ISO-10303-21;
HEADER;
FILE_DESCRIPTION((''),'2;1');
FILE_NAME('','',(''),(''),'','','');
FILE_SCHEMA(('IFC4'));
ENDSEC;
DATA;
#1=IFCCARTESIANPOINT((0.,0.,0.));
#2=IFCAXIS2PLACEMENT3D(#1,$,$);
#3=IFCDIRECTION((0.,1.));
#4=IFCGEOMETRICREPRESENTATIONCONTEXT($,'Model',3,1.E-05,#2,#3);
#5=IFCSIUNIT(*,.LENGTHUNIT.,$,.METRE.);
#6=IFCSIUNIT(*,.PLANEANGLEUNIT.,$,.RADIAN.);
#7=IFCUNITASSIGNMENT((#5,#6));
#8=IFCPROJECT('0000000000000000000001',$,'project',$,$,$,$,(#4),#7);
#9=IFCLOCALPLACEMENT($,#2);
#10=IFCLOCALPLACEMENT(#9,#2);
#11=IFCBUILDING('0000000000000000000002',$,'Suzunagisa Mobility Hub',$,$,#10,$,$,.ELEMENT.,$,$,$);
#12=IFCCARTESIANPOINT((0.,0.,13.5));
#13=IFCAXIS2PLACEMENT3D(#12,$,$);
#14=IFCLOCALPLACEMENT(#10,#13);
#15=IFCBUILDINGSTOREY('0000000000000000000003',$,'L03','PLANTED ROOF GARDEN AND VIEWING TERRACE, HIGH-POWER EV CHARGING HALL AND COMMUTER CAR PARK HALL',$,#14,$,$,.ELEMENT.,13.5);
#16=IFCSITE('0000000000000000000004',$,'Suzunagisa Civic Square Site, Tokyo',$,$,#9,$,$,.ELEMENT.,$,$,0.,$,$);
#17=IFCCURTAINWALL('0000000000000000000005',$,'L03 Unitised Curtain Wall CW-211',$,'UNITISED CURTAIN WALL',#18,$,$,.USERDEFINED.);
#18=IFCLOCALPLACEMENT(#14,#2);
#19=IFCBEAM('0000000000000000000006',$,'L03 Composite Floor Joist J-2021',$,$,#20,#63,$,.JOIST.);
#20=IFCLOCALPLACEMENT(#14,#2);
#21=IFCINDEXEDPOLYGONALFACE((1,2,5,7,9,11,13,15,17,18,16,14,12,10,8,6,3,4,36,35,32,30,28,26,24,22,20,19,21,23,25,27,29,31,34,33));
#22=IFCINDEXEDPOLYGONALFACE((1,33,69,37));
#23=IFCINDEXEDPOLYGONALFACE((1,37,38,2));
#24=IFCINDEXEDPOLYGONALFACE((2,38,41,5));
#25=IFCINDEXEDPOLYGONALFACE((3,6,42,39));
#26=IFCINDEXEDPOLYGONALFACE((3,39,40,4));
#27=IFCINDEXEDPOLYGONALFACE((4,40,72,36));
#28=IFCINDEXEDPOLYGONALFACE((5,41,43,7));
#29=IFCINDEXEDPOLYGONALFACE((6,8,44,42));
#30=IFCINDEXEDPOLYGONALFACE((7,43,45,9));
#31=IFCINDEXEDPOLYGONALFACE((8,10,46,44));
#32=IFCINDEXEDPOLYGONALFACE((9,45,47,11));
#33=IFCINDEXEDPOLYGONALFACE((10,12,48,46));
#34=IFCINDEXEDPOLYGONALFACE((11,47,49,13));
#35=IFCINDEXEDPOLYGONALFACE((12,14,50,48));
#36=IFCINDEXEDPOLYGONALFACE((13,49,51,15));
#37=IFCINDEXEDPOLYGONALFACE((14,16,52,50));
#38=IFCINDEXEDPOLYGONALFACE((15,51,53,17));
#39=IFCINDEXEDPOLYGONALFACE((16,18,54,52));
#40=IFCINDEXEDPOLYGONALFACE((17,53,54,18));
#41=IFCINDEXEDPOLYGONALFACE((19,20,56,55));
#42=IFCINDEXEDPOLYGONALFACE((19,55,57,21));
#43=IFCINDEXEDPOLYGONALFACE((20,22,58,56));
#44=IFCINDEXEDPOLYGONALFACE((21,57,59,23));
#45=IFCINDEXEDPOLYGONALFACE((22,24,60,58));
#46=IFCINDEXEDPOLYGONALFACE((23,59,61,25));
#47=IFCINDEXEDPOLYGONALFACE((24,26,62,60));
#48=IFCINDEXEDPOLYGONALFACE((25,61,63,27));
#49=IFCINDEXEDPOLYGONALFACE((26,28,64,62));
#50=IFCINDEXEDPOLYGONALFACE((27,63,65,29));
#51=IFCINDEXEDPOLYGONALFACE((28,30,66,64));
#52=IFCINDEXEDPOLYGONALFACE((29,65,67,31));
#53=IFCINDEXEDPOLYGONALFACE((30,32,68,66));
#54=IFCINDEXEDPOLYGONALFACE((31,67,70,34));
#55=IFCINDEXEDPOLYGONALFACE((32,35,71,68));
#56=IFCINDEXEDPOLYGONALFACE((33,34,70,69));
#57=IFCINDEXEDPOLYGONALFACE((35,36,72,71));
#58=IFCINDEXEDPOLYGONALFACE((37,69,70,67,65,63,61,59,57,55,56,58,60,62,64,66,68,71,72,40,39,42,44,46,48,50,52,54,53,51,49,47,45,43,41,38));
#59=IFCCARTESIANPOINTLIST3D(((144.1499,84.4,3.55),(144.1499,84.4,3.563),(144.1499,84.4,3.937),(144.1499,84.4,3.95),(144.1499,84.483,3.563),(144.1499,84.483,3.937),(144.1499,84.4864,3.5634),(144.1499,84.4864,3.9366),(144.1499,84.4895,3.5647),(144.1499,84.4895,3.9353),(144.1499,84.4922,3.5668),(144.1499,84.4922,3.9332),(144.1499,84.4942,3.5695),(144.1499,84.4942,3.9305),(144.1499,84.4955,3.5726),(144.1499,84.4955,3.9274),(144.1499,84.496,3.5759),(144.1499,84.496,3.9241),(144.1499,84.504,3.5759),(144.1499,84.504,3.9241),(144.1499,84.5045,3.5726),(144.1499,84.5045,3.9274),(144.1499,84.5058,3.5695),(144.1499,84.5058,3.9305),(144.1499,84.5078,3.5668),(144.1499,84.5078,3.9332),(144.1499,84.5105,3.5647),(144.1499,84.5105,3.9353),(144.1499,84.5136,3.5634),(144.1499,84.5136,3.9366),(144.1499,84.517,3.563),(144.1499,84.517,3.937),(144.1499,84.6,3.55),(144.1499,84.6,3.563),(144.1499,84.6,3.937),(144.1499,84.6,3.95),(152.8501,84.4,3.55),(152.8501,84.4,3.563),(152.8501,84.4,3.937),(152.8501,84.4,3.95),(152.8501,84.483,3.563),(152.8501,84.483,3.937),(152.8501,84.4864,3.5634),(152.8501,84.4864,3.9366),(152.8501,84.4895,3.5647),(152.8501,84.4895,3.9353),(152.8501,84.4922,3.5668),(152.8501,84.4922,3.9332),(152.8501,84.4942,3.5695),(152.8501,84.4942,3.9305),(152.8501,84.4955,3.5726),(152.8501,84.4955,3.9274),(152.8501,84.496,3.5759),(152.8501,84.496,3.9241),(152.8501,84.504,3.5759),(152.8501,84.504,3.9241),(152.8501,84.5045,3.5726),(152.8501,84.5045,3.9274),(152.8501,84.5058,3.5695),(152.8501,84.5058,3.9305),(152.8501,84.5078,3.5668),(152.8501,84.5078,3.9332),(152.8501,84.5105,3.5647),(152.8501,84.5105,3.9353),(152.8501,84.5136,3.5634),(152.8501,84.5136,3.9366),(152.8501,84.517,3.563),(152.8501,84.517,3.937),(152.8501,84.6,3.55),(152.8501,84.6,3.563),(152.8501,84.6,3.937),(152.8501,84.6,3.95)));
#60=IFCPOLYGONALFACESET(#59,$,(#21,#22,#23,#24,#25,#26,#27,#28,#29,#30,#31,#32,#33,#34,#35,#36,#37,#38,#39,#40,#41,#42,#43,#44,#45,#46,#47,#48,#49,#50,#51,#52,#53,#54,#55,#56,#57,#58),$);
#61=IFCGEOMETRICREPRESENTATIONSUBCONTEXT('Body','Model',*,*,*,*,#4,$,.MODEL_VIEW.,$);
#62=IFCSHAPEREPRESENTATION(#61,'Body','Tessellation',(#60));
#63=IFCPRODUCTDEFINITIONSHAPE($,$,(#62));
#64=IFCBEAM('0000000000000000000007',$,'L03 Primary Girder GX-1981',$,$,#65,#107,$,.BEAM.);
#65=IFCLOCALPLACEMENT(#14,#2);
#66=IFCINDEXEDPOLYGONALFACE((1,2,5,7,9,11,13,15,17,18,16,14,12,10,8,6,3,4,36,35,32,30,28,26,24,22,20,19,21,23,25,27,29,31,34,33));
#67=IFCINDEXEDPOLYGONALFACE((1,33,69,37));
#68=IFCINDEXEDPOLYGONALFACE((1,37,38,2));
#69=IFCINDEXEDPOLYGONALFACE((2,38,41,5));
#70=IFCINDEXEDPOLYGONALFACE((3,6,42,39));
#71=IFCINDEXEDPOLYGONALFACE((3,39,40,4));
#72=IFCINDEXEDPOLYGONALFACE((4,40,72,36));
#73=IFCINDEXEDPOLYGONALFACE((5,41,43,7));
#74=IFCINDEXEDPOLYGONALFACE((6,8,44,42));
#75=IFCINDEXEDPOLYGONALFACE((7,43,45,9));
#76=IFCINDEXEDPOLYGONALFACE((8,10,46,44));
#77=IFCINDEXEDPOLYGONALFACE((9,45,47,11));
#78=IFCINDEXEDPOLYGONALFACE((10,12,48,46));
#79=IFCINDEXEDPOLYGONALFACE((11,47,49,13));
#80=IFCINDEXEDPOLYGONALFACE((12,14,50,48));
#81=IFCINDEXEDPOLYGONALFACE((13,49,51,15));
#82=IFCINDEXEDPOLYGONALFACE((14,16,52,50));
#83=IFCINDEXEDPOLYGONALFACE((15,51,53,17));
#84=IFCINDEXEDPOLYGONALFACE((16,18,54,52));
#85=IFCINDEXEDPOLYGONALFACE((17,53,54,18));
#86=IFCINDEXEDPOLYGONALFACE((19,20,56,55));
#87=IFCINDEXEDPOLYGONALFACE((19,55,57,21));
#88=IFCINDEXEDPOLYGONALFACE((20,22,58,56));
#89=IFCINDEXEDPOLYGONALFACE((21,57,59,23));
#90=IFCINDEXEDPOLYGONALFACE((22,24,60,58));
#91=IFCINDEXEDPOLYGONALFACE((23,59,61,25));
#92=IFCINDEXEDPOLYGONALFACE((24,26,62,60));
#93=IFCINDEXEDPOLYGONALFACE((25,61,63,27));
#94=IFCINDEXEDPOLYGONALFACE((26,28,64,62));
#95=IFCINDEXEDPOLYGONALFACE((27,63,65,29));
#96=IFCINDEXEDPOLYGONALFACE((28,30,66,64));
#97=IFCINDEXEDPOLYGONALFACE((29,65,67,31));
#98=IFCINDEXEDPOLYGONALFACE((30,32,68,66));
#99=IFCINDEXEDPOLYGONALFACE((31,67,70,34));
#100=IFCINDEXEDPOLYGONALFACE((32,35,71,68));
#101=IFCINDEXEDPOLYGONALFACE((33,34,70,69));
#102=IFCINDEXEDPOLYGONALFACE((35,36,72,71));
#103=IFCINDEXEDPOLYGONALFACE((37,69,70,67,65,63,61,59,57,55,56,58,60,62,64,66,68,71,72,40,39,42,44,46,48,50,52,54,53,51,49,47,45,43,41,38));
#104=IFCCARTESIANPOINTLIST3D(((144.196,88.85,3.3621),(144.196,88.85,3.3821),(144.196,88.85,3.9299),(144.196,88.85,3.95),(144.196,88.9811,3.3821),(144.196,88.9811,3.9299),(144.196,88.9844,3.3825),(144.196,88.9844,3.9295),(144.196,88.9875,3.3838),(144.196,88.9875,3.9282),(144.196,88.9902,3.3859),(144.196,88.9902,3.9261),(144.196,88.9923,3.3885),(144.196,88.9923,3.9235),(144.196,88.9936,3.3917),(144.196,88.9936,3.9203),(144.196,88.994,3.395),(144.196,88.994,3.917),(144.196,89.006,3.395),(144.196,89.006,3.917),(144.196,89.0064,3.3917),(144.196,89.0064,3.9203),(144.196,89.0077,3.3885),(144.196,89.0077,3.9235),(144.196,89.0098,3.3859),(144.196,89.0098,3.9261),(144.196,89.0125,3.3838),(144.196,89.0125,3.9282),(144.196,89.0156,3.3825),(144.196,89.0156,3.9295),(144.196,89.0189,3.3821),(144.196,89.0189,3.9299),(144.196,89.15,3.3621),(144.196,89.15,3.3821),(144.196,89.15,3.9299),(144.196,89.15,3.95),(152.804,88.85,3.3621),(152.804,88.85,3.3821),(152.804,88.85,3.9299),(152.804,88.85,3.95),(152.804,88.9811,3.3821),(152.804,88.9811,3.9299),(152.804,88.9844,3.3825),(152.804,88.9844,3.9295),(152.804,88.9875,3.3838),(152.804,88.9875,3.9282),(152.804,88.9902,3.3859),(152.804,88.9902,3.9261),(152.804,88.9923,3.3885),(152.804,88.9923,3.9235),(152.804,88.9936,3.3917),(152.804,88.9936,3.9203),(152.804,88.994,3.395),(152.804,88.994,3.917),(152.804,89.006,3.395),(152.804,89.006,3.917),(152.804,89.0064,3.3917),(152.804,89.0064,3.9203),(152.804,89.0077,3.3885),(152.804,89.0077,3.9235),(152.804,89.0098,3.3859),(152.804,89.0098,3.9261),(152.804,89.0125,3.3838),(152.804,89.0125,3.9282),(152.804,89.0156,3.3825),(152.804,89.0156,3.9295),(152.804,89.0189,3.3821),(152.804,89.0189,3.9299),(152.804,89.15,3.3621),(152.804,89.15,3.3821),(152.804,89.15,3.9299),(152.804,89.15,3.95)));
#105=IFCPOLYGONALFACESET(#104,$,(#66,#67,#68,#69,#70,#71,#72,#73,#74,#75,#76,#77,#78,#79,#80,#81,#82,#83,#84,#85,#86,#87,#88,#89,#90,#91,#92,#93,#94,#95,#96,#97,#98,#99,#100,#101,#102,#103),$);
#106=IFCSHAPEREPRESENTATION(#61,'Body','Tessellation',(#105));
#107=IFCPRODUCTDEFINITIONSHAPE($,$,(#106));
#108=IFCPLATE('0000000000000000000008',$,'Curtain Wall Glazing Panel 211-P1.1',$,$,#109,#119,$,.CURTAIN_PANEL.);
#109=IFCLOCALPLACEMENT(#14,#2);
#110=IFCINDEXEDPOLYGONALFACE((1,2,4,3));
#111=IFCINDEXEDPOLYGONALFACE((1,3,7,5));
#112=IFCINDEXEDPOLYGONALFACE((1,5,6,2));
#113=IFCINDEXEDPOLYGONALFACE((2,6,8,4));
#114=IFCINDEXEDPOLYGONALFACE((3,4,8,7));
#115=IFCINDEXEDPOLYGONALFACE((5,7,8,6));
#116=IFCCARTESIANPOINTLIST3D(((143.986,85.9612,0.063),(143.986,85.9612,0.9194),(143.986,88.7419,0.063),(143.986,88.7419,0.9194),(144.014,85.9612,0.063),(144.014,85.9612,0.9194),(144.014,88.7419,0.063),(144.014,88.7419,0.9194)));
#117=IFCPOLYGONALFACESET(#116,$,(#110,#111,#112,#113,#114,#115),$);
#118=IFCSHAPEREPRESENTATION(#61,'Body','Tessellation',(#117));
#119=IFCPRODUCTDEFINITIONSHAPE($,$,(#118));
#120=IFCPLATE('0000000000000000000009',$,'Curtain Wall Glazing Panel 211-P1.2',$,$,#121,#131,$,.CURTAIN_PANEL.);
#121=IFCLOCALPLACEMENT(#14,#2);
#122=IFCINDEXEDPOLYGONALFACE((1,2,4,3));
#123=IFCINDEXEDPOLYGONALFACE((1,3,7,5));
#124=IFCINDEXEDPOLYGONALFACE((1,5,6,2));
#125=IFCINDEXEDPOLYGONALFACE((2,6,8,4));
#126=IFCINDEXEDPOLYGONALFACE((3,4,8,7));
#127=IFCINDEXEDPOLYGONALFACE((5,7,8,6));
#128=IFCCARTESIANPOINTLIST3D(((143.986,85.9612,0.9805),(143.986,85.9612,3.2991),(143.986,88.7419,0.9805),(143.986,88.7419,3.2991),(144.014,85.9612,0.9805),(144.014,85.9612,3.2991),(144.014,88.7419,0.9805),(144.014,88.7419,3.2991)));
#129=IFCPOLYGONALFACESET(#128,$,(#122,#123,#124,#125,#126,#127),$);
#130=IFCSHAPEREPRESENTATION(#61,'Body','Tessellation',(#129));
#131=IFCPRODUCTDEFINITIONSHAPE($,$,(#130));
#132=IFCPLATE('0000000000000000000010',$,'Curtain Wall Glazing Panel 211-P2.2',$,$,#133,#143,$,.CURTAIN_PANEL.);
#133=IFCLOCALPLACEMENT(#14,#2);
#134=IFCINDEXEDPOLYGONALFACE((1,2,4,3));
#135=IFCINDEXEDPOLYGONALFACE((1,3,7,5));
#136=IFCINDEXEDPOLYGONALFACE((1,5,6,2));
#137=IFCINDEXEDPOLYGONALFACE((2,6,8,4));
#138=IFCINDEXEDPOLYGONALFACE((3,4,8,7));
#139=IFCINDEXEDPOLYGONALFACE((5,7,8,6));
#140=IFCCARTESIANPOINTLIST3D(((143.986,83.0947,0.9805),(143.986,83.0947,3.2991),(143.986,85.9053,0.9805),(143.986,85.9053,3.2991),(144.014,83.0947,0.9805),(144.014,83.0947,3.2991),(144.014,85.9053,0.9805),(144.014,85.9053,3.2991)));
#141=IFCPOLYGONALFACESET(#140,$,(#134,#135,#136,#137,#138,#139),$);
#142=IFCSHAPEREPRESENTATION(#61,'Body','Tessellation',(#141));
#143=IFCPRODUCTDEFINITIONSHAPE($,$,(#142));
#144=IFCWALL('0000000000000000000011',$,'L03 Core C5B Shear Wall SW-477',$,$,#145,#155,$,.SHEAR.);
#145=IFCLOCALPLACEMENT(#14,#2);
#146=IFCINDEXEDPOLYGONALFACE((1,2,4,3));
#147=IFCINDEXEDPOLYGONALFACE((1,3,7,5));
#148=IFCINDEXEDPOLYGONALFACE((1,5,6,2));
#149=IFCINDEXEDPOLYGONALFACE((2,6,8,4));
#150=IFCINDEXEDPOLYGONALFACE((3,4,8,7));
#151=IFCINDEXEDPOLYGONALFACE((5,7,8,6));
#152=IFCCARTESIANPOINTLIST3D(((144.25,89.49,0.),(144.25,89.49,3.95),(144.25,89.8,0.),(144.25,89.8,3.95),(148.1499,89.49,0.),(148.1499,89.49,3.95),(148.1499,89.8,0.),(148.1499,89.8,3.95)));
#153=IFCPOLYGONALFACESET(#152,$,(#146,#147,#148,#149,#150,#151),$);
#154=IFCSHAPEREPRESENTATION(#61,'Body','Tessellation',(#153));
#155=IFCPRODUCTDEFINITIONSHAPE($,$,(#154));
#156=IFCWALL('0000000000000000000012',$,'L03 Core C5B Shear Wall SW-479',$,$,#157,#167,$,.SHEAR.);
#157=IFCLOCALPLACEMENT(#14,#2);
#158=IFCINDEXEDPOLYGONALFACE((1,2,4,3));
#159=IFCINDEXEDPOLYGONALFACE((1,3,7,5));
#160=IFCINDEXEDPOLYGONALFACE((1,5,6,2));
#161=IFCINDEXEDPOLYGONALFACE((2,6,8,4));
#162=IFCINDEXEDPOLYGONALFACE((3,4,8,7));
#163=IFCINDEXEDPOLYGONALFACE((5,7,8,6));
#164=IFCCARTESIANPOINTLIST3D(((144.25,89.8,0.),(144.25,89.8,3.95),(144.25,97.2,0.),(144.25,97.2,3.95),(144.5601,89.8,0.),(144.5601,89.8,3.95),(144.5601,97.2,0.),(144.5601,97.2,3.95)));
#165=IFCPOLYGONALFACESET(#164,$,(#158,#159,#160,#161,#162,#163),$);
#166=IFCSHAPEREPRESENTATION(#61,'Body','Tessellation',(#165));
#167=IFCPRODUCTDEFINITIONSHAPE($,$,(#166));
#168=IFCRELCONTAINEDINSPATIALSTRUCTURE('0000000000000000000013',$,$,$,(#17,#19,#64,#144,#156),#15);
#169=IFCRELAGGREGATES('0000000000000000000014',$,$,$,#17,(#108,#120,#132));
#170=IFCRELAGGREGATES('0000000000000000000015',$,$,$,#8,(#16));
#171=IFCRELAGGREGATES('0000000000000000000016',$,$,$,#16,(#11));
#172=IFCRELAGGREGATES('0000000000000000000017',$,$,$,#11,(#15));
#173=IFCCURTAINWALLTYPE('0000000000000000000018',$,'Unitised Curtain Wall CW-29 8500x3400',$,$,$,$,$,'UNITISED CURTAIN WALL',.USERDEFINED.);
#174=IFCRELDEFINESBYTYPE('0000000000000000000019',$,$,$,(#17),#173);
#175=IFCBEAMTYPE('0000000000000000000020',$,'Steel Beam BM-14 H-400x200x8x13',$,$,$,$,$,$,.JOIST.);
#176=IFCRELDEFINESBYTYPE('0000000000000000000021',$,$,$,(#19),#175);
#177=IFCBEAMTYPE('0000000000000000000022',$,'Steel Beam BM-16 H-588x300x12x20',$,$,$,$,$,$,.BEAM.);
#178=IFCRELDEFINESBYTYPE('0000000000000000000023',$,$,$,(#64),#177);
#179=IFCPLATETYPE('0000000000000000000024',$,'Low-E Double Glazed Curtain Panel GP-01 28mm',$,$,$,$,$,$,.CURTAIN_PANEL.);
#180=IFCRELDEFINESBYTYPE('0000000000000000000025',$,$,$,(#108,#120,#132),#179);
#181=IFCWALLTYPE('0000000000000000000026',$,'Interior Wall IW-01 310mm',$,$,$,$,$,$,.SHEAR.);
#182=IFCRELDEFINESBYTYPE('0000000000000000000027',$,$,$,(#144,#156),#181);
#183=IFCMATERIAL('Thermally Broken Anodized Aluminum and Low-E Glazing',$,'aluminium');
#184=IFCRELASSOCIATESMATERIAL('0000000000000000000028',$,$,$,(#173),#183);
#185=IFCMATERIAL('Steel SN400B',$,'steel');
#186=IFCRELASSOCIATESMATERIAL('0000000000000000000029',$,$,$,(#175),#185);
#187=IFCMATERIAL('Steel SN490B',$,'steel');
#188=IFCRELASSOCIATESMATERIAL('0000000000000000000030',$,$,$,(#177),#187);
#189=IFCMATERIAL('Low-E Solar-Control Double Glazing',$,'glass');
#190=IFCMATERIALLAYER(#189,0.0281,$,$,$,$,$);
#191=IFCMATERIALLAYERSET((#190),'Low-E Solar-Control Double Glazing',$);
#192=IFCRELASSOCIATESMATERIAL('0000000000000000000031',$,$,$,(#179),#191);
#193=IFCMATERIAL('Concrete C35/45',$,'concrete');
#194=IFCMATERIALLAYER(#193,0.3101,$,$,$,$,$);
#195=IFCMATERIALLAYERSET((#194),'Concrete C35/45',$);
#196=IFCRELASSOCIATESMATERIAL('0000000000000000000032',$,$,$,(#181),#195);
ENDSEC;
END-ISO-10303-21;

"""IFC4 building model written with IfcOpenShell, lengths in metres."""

from ifc_helpers import new_model, si_unit, direction, frame, frame_2d, origin, origin_2d, place, context, subcontext, project, spatial, rectangle, i_section, extrude, material, layer, layer_set, material_profile, profile_set, type_object, element, aggregate, save


model = new_model("IFC4")

# Units and contexts
model_context = context("Model", 3, precision=1e-05, world=origin(), true_north=direction((0.0, 1.0)))
body_context = subcontext(model_context, "Body", "Model", "MODEL_VIEW")
ifc_project = project(units=[si_unit("LENGTHUNIT", "METRE"), si_unit("PLANEANGLEUNIT", "RADIAN")], contexts=[model_context])

# Site, building, storey
site_placement = place(None, origin())
site = spatial("IfcSite", under=ifc_project, at=site_placement, Name="Suzunagisa Civic Square Site, Tokyo", CompositionType="ELEMENT", RefElevation=0.0)
building_placement = place(site_placement, origin())
building = spatial("IfcBuilding", under=site, at=building_placement, Name="Suzunagisa Mobility Hub", CompositionType="ELEMENT")
storey_placement = place(building_placement, frame((0.0, 0.0, 13.5)))
storey = spatial("IfcBuildingStorey", under=building, at=storey_placement, Name="L03", Description="PLANTED ROOF GARDEN AND VIEWING TERRACE, HIGH-POWER EV CHARGING HALL AND COMMUTER CAR PARK HALL", CompositionType="ELEMENT", Elevation=13.5)

# Shared definitions
ifc_material_1 = material(Name="Steel SN490B", Category="steel")

# Curtain wall
ifc_material_2 = material(Name="Thermally Broken Anodized Aluminum and Low-E Glazing", Category="aluminium")
curtain_wall_type = type_object("IfcCurtainWallType", Name="Unitised Curtain Wall CW-29 8500x3400", ElementType="UNITISED CURTAIN WALL", PredefinedType="USERDEFINED", material=ifc_material_2)
curtain_wall_placement = place(storey_placement, origin())
curtain_wall = element("IfcCurtainWall", 1, at=curtain_wall_placement, inside=storey, type_object=curtain_wall_type, Name="L03 Unitised Curtain Wall CW-211", ObjectType="UNITISED CURTAIN WALL", PredefinedType="USERDEFINED")

# Beams
ifc_material_3 = material(Name="Steel SN400B", Category="steel")
ifc_material_profile_1 = material_profile(ifc_material_3, i_section(OverallWidth=0.2, OverallDepth=0.3999, WebThickness=0.0081, FlangeThickness=0.0129, FilletRadius=0.0129, at=origin_2d()), Name="H-400x200x8x13")
ifc_profile_set_1 = profile_set([ifc_material_profile_1], Name="Steel SN400B")
beam_type_1 = type_object("IfcBeamType", Name="Steel Beam BM-14 H-400x200x8x13", PredefinedType="JOIST", material=ifc_profile_set_1)
beam_1_placement = place(storey_placement, frame((144.1499, 84.5, 3.75), z_axis=(1.0, 0.0, 0.0), x_axis=(0.0, 1.0, 0.0)))
element("IfcBeam", 2, at=beam_1_placement, inside=storey, type_object=beam_type_1, Name="L03 Composite Floor Joist J-2021", PredefinedType="JOIST", context=body_context, shape_type="SweptSolid", body=[
    extrude(i_section(OverallWidth=0.2, OverallDepth=0.3999, WebThickness=0.0081, FlangeThickness=0.0129, FilletRadius=0.0129, at=origin_2d()), origin(), (0.0, 0.0, 1.0), 8.7002),
])
ifc_material_profile_2 = material_profile(ifc_material_1, i_section(OverallWidth=0.3, OverallDepth=0.5879, WebThickness=0.012, FlangeThickness=0.02, FilletRadius=0.0129, at=origin_2d()), Name="H-588x300x12x20")
ifc_profile_set_2 = profile_set([ifc_material_profile_2], Name="Steel SN490B")
beam_type_2 = type_object("IfcBeamType", Name="Steel Beam BM-16 H-588x300x12x20", PredefinedType="BEAM", material=ifc_profile_set_2)
beam_2_placement = place(storey_placement, frame((144.196, 89.0, 3.656), z_axis=(1.0, 0.0, 0.0), x_axis=(0.0, 1.0, 0.0)))
element("IfcBeam", 3, at=beam_2_placement, inside=storey, type_object=beam_type_2, Name="L03 Primary Girder GX-1981", PredefinedType="BEAM", context=body_context, shape_type="SweptSolid", body=[
    extrude(i_section(OverallWidth=0.3, OverallDepth=0.5879, WebThickness=0.012, FlangeThickness=0.02, FilletRadius=0.0129, at=origin_2d()), origin(), (0.0, 0.0, 1.0), 8.6079),
])

# Plates
ifc_material_4 = material(Name="Low-E Solar-Control Double Glazing", Category="glass")
ifc_layer_1 = layer(ifc_material_4, 0.0281)
ifc_layer_set_1 = layer_set([ifc_layer_1], Name="Low-E Solar-Control Double Glazing")
plate_type = type_object("IfcPlateType", Name="Low-E Double Glazed Curtain Panel GP-01 28mm", PredefinedType="CURTAIN_PANEL", material=ifc_layer_set_1)
plate_1_placement = place(storey_placement, frame((144.0, 87.3516, 0.063), z_axis=(0.0, 0.0, 1.0), x_axis=(0.0, -1.0, 0.0)))
plate_1 = element("IfcPlate", 4, at=plate_1_placement, type_object=plate_type, Name="Curtain Wall Glazing Panel 211-P1.1", PredefinedType="CURTAIN_PANEL", context=body_context, shape_type="SweptSolid", body=[
    extrude(rectangle(XDim=2.7808, YDim=0.0281, at=origin_2d()), origin(), (0.0, 0.0, 1.0), 0.8564),
])
plate_2_placement = place(storey_placement, frame((144.0, 87.3516, 0.9805), z_axis=(0.0, 0.0, 1.0), x_axis=(0.0, -1.0, 0.0)))
plate_2 = element("IfcPlate", 5, at=plate_2_placement, type_object=plate_type, Name="Curtain Wall Glazing Panel 211-P1.2", PredefinedType="CURTAIN_PANEL", context=body_context, shape_type="SweptSolid", body=[
    extrude(rectangle(XDim=2.7808, YDim=0.0281, at=origin_2d()), origin(), (0.0, 0.0, 1.0), 2.3186),
])
plate_3_placement = place(storey_placement, frame((144.0, 84.5, 0.9805), z_axis=(0.0, 0.0, 1.0), x_axis=(0.0, -1.0, 0.0)))
plate_3 = element("IfcPlate", 6, at=plate_3_placement, type_object=plate_type, Name="Curtain Wall Glazing Panel 211-P2.2", PredefinedType="CURTAIN_PANEL", context=body_context, shape_type="SweptSolid", body=[
    extrude(rectangle(XDim=2.8105, YDim=0.0281, at=origin_2d()), origin(), (0.0, 0.0, 1.0), 2.3186),
])
aggregate(curtain_wall, [plate_1, plate_2, plate_3])

# Walls
ifc_material_5 = material(Name="Concrete C35/45", Category="concrete")
ifc_layer_2 = layer(ifc_material_5, 0.3101)
ifc_layer_set_2 = layer_set([ifc_layer_2], Name="Concrete C35/45")
wall_type = type_object("IfcWallType", Name="Interior Wall IW-01 310mm", PredefinedType="SHEAR", material=ifc_layer_set_2)
wall_1_placement = place(storey_placement, frame((144.25, 89.645, 0.0), z_axis=(0.0, 0.0, 1.0), x_axis=(1.0, 0.0, 0.0)))
element("IfcWall", 7, at=wall_1_placement, inside=storey, type_object=wall_type, Name="L03 Core C5B Shear Wall SW-477", PredefinedType="SHEAR", context=body_context, shape_type="SweptSolid", body=[
    extrude(rectangle(XDim=3.8999, YDim=0.3101, at=frame_2d((1.95, 0.0))), origin(), (0.0, 0.0, 1.0), 3.95),
])
wall_2_placement = place(storey_placement, frame((144.405, 89.8, 0.0), z_axis=(0.0, 0.0, 1.0), x_axis=(0.0, 1.0, 0.0)))
element("IfcWall", 8, at=wall_2_placement, inside=storey, type_object=wall_type, Name="L03 Core C5B Shear Wall SW-479", PredefinedType="SHEAR", context=body_context, shape_type="SweptSolid", body=[
    extrude(rectangle(XDim=7.3999, YDim=0.3101, at=frame_2d((3.7, 0.0))), origin(), (0.0, 0.0, 1.0), 3.95),
])

save(model, "model.ifc")
